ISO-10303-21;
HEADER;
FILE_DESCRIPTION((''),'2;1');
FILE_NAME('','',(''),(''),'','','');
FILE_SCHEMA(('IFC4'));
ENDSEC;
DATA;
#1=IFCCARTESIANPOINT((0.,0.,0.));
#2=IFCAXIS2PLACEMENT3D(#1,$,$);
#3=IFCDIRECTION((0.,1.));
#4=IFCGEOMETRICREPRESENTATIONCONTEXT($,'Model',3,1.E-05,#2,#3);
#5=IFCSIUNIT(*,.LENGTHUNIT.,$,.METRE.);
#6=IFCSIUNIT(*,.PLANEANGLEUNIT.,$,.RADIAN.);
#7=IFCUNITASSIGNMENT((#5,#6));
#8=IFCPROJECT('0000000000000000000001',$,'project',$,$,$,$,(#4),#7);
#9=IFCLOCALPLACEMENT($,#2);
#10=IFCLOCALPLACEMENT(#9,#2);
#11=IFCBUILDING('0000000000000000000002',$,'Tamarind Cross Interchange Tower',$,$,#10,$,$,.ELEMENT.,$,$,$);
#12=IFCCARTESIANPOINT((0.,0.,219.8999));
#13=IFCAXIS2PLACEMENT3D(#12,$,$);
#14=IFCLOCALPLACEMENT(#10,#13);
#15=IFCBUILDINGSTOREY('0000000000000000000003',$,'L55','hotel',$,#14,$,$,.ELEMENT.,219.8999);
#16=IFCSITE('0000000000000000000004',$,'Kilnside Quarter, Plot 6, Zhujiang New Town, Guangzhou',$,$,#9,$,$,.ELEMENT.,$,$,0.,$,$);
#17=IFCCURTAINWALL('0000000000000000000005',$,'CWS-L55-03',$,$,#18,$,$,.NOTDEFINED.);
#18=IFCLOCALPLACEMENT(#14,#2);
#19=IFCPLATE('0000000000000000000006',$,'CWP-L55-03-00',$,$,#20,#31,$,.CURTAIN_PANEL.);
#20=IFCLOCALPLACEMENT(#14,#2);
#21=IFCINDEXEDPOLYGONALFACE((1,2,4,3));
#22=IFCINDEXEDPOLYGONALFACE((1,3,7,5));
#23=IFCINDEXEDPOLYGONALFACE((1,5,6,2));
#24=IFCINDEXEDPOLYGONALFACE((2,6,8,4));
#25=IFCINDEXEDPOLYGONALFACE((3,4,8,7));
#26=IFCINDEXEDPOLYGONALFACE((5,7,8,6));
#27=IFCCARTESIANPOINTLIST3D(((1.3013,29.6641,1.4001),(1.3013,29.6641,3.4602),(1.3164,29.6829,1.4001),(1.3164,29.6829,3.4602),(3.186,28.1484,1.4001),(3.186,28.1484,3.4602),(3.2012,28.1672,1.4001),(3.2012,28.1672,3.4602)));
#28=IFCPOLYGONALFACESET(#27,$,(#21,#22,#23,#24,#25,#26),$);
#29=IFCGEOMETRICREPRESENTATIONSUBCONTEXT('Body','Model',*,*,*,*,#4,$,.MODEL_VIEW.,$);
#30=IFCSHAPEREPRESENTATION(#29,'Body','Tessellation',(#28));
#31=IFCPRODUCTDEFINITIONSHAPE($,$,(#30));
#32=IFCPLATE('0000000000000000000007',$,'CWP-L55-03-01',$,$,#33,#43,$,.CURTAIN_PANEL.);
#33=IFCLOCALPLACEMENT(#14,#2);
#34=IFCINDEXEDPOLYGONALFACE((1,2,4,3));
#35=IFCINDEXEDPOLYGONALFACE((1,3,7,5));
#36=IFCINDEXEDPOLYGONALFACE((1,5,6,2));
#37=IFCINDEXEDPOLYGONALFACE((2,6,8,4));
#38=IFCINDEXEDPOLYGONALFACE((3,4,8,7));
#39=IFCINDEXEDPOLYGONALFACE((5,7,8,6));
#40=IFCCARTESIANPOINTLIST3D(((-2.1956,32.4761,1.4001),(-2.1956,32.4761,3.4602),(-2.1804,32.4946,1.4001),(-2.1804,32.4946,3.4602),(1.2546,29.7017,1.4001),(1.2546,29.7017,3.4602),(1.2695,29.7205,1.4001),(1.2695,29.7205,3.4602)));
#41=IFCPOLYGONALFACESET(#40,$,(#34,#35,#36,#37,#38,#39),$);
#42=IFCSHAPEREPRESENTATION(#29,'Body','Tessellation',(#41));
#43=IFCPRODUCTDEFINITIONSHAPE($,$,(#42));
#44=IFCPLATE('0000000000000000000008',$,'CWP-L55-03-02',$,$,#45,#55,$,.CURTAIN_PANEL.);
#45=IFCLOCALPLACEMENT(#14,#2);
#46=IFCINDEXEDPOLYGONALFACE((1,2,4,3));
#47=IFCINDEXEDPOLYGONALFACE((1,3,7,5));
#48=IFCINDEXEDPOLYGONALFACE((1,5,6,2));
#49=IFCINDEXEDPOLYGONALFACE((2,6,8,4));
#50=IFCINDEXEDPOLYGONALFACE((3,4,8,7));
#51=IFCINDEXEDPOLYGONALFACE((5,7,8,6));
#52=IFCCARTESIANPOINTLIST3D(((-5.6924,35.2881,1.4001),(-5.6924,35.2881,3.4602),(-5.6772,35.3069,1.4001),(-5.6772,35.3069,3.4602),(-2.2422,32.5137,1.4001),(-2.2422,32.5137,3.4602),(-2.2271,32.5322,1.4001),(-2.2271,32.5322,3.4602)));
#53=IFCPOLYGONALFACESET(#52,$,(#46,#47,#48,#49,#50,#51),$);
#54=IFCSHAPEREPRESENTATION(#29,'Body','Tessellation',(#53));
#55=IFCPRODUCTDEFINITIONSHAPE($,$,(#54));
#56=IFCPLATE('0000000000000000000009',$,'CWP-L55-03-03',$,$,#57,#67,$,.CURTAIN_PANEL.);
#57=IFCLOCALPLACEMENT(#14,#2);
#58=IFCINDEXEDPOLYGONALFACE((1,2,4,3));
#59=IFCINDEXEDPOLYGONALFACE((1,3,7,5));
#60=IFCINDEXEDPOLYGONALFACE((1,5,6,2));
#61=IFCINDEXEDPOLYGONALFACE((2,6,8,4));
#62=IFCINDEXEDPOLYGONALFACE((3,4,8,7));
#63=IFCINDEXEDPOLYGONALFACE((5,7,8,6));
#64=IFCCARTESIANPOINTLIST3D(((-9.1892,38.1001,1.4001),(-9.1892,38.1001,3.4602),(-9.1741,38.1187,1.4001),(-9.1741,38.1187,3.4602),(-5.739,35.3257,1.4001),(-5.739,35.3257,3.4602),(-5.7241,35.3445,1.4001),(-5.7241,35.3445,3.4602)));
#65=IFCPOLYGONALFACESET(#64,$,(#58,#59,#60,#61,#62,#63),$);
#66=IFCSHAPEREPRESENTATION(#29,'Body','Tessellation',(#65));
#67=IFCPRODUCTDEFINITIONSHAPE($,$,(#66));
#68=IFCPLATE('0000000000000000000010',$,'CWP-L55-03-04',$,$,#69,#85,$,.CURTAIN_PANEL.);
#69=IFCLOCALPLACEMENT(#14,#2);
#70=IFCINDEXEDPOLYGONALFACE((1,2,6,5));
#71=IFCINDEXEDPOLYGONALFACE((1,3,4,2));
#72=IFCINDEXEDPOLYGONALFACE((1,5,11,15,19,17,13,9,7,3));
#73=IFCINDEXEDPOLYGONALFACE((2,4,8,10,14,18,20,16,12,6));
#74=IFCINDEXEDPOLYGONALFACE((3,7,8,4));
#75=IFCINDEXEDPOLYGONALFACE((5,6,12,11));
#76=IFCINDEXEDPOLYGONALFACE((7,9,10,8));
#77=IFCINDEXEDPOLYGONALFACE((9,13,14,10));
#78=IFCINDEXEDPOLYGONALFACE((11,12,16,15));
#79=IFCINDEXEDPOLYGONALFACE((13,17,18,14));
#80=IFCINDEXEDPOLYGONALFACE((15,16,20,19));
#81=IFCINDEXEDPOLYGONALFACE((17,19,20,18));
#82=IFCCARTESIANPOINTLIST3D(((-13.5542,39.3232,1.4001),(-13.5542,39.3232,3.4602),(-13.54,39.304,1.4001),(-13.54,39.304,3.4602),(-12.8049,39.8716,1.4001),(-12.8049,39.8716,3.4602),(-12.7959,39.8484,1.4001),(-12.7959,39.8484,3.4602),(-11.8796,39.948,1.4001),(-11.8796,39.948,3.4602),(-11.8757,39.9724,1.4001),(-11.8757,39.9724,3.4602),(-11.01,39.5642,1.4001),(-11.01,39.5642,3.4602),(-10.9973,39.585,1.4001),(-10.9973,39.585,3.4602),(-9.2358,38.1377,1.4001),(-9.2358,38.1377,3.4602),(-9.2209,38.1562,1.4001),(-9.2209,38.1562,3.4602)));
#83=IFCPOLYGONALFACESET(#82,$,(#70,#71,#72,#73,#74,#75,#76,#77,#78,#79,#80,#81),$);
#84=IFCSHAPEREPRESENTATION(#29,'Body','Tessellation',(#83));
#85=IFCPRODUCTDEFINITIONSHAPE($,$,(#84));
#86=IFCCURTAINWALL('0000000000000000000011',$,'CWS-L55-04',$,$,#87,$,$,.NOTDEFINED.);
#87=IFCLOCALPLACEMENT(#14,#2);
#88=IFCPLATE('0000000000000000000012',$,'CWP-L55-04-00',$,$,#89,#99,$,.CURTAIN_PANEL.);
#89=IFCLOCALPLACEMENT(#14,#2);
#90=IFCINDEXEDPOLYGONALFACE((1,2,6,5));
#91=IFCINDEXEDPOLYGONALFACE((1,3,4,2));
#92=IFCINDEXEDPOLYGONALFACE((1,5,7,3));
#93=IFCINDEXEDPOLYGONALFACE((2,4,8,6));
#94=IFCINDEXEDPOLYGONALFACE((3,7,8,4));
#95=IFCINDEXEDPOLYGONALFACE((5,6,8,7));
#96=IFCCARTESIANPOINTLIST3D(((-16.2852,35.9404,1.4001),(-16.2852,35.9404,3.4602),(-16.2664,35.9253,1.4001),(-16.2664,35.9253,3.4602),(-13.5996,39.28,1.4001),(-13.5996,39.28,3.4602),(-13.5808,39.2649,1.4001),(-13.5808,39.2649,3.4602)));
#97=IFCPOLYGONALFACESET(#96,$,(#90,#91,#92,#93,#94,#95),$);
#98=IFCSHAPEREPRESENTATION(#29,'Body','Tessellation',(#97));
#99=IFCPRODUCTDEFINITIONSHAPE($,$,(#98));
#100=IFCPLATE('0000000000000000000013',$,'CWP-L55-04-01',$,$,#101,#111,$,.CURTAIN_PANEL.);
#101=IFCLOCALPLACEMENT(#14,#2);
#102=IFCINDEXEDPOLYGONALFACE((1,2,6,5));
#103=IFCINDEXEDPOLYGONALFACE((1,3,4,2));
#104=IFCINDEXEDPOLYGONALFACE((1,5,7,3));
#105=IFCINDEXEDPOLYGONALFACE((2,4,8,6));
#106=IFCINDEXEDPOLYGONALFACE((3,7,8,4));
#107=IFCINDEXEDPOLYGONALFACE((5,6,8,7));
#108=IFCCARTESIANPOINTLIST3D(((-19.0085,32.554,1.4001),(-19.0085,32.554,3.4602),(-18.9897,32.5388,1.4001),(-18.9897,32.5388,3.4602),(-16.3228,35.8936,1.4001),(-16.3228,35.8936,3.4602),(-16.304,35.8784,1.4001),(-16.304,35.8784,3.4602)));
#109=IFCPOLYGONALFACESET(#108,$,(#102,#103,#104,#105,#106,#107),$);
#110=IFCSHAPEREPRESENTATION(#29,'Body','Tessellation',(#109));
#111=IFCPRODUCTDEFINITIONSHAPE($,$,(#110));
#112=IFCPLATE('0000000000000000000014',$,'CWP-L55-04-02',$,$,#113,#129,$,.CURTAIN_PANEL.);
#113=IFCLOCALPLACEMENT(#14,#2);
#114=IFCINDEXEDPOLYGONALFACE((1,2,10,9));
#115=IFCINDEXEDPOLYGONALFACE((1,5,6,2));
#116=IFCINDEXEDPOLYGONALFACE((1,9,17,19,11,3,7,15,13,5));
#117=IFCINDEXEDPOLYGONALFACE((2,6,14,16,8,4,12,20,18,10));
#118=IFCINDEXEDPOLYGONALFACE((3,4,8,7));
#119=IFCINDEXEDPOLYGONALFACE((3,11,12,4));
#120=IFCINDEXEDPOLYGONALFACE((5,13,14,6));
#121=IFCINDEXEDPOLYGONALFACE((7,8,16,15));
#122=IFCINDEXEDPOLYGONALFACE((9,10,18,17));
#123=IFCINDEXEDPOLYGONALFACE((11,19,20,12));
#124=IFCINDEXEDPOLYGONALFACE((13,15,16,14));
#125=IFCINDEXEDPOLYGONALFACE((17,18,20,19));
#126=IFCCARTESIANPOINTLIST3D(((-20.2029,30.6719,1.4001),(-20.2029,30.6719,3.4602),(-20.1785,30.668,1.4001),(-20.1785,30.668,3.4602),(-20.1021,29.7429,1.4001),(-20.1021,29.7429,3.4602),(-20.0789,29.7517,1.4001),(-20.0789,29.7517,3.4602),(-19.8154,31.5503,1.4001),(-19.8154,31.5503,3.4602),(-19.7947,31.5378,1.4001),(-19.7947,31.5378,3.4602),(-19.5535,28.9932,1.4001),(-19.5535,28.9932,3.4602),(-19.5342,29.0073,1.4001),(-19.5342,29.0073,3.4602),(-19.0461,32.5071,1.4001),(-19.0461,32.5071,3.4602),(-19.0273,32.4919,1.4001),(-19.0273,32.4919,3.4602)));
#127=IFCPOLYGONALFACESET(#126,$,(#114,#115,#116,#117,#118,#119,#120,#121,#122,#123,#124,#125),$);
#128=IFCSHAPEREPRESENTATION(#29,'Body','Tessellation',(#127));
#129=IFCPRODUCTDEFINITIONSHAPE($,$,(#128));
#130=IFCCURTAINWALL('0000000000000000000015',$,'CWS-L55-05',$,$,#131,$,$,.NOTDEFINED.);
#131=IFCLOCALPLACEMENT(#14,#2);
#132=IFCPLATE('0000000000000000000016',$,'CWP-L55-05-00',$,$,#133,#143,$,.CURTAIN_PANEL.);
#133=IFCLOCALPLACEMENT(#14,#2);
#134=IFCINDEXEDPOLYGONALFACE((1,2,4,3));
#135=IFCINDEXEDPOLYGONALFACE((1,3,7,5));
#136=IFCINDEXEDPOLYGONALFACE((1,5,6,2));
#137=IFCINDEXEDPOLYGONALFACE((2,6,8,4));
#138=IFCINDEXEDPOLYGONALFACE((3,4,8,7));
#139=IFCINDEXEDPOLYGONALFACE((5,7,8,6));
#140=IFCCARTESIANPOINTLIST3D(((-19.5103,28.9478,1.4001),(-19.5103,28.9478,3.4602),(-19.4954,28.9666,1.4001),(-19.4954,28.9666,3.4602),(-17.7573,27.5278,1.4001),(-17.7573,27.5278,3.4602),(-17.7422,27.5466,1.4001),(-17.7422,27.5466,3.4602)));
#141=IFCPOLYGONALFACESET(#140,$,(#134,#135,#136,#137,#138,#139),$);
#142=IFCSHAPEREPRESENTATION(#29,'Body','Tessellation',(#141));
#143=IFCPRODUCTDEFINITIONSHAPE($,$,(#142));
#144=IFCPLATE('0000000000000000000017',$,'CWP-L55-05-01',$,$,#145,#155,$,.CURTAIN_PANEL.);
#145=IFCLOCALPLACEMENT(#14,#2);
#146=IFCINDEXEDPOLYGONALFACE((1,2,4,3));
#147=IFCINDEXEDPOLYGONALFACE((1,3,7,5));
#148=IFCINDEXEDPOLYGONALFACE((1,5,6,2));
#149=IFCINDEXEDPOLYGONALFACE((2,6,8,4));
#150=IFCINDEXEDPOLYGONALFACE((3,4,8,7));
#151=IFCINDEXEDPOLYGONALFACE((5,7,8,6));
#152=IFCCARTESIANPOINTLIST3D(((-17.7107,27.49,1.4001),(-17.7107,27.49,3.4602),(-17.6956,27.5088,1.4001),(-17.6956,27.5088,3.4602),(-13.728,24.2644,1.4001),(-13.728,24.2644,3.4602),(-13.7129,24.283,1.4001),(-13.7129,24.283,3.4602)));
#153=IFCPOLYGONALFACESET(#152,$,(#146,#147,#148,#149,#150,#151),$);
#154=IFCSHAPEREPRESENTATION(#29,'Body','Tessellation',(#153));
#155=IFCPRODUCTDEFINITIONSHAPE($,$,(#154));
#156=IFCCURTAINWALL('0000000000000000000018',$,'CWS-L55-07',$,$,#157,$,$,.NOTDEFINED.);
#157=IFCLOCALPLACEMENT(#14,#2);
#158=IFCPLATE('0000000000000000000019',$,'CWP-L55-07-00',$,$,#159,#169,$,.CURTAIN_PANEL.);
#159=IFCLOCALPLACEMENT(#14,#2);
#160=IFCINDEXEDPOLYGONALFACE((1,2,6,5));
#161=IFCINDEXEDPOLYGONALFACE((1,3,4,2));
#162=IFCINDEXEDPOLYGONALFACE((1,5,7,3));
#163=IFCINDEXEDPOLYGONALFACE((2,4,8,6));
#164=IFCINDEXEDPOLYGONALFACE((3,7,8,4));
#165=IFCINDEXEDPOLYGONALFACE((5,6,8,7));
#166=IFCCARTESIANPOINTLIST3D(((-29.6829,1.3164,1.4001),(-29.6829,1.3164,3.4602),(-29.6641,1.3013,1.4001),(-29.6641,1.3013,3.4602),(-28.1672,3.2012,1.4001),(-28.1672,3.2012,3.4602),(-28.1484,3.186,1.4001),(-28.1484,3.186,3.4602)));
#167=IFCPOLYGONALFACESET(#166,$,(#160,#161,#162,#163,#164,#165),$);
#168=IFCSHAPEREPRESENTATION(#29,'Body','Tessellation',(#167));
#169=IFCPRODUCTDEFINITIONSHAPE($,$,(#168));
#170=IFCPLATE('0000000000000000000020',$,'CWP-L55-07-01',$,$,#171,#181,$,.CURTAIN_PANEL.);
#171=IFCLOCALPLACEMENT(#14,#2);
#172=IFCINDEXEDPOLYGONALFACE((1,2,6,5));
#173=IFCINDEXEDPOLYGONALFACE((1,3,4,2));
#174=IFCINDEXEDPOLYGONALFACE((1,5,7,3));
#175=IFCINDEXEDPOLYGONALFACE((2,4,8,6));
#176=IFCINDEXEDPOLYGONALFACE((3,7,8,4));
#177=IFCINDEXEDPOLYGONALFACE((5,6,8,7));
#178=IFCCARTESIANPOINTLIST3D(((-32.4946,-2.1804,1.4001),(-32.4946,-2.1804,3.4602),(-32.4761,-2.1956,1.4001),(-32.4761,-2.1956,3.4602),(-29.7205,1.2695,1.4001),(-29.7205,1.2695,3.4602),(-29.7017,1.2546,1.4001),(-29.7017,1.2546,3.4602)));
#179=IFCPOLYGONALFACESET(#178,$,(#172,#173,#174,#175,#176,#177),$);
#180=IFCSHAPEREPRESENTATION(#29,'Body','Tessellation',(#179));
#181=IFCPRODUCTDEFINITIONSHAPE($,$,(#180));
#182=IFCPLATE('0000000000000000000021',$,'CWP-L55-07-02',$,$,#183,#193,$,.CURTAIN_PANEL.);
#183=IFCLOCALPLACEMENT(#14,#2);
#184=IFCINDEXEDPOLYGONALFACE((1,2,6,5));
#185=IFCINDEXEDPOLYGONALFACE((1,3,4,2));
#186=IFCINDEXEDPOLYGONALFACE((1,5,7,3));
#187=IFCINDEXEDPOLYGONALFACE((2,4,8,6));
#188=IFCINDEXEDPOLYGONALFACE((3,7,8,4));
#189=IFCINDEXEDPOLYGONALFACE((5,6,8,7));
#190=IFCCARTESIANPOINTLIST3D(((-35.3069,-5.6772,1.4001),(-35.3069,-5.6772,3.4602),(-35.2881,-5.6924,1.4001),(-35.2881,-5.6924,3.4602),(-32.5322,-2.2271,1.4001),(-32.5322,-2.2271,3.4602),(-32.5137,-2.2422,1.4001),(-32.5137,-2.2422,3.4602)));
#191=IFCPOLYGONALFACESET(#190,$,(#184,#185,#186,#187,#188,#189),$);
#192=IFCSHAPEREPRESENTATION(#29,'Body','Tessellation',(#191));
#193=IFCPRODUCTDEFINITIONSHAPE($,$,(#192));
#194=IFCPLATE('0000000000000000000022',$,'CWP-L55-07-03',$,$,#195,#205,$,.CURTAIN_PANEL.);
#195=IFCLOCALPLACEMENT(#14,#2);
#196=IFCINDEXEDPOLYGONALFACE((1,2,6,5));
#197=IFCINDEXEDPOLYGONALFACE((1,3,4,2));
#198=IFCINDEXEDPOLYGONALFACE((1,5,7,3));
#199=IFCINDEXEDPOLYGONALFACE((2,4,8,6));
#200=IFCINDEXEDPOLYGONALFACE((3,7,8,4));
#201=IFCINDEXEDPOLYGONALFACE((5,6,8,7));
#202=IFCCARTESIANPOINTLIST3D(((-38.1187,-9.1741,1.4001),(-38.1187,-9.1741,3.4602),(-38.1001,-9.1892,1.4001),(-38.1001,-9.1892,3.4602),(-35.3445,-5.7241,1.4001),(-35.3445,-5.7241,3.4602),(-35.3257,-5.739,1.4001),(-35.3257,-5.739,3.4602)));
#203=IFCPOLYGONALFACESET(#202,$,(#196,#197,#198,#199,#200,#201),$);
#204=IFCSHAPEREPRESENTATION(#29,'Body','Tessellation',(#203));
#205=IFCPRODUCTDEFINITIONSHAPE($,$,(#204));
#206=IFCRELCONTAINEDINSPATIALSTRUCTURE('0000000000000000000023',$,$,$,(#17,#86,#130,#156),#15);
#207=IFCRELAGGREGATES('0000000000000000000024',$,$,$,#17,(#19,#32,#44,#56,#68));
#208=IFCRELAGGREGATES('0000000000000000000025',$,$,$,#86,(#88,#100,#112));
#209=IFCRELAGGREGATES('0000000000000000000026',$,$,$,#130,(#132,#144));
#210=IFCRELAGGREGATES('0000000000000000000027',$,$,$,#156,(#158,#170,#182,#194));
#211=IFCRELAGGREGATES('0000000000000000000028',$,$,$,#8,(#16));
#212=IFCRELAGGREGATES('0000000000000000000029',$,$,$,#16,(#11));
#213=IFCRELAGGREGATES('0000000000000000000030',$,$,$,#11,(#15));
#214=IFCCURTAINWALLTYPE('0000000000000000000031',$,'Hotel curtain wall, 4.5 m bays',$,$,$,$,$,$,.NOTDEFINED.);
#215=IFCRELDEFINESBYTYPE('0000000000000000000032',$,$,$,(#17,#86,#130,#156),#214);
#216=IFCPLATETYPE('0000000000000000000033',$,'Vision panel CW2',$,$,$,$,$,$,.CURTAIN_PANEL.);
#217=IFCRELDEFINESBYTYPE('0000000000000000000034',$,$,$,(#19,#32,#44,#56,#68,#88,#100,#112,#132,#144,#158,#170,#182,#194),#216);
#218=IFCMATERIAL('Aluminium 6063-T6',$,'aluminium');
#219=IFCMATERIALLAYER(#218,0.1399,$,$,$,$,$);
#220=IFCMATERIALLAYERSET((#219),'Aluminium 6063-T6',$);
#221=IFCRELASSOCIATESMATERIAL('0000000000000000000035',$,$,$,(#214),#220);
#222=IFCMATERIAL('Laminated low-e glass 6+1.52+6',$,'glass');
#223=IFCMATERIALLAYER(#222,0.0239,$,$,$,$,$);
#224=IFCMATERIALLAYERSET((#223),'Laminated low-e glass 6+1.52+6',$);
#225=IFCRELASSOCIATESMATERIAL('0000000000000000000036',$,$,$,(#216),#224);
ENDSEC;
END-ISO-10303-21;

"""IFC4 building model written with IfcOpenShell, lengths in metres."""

from ifc_helpers import new_model, si_unit, direction, frame, origin, place, context, subcontext, project, spatial, polyline, outline, extrude, material, layer, layer_set, type_object, element, aggregate, save


model = new_model("IFC4")

# Units and contexts
model_context = context("Model", 3, precision=1e-05, world=origin(), true_north=direction((0.0, 1.0)))
body_context = subcontext(model_context, "Body", "Model", "MODEL_VIEW")
ifc_project = project(units=[si_unit("LENGTHUNIT", "METRE"), si_unit("PLANEANGLEUNIT", "RADIAN")], contexts=[model_context])

# Site, building, storey
site_placement = place(None, origin())
site = spatial("IfcSite", under=ifc_project, at=site_placement, Name="Kilnside Quarter, Plot 6, Zhujiang New Town, Guangzhou", CompositionType="ELEMENT", RefElevation=0.0)
building_placement = place(site_placement, origin())
building = spatial("IfcBuilding", under=site, at=building_placement, Name="Tamarind Cross Interchange Tower", CompositionType="ELEMENT")
storey_placement = place(building_placement, frame((0.0, 0.0, 219.8999)))
storey = spatial("IfcBuildingStorey", under=building, at=storey_placement, Name="L55", Description="hotel", CompositionType="ELEMENT", Elevation=219.8999)

# Curtain walls, plates
ifc_material_1 = material(Name="Aluminium 6063-T6", Category="aluminium")
ifc_layer_1 = layer(ifc_material_1, 0.1399)
ifc_layer_set_1 = layer_set([ifc_layer_1], Name="Aluminium 6063-T6")
curtain_wall_type_1 = type_object("IfcCurtainWallType", Name="Hotel curtain wall, 4.5 m bays", PredefinedType="NOTDEFINED", material=ifc_layer_set_1)
curtain_wall_1_placement = place(storey_placement, origin())
curtain_wall_1 = element("IfcCurtainWall", 1, at=curtain_wall_1_placement, inside=storey, type_object=curtain_wall_type_1, Name="CWS-L55-03", PredefinedType="NOTDEFINED")
ifc_material_2 = material(Name="Laminated low-e glass 6+1.52+6", Category="glass")
ifc_layer_2 = layer(ifc_material_2, 0.0239)
ifc_layer_set_2 = layer_set([ifc_layer_2], Name="Laminated low-e glass 6+1.52+6")
plate_type_1 = type_object("IfcPlateType", Name="Vision panel CW2", PredefinedType="CURTAIN_PANEL", material=ifc_layer_set_2)
plate_1_placement = place(storey_placement, frame((0.0, 0.0, 1.4001)))
plate_1 = element("IfcPlate", 2, at=plate_1_placement, type_object=plate_type_1, Name="CWP-L55-03-00", PredefinedType="CURTAIN_PANEL", context=body_context, shape_type="SweptSolid", body=[
    extrude(outline(polyline([(3.186, 28.1484), (1.3013, 29.6641), (1.3164, 29.6829), (3.2012, 28.1672), (3.186, 28.1484)])), origin(), (0.0, 0.0, 1.0), 2.0601),
])
plate_2_placement = place(storey_placement, frame((0.0, 0.0, 1.4001)))
plate_2 = element("IfcPlate", 3, at=plate_2_placement, type_object=plate_type_1, Name="CWP-L55-03-01", PredefinedType="CURTAIN_PANEL", context=body_context, shape_type="SweptSolid", body=[
    extrude(outline(polyline([(1.2546, 29.7017), (-2.1956, 32.4761), (-2.1804, 32.4946), (1.2695, 29.7205), (1.2546, 29.7017)])), origin(), (0.0, 0.0, 1.0), 2.0601),
])
plate_3_placement = place(storey_placement, frame((0.0, 0.0, 1.4001)))
plate_3 = element("IfcPlate", 4, at=plate_3_placement, type_object=plate_type_1, Name="CWP-L55-03-02", PredefinedType="CURTAIN_PANEL", context=body_context, shape_type="SweptSolid", body=[
    extrude(outline(polyline([(-2.2422, 32.5137), (-5.6924, 35.2881), (-5.6772, 35.3069), (-2.2271, 32.5322), (-2.2422, 32.5137)])), origin(), (0.0, 0.0, 1.0), 2.0601),
])
plate_4_placement = place(storey_placement, frame((0.0, 0.0, 1.4001)))
plate_4 = element("IfcPlate", 5, at=plate_4_placement, type_object=plate_type_1, Name="CWP-L55-03-03", PredefinedType="CURTAIN_PANEL", context=body_context, shape_type="SweptSolid", body=[
    extrude(outline(polyline([(-5.739, 35.3257), (-9.1892, 38.1001), (-9.1741, 38.1187), (-5.7241, 35.3445), (-5.739, 35.3257)])), origin(), (0.0, 0.0, 1.0), 2.0601),
])
plate_5_placement = place(storey_placement, frame((0.0, 0.0, 1.4001)))
plate_5 = element("IfcPlate", 6, at=plate_5_placement, type_object=plate_type_1, Name="CWP-L55-03-04", PredefinedType="CURTAIN_PANEL", context=body_context, shape_type="SweptSolid", body=[
    extrude(outline(polyline([(-9.2358, 38.1377), (-11.01, 39.5642), (-11.8796, 39.948), (-12.7959, 39.8484), (-13.54, 39.304), (-13.5542, 39.3232), (-12.8049, 39.8716), (-11.8757, 39.9724), (-10.9973, 39.585), (-9.2209, 38.1562), (-9.2358, 38.1377)])), origin(), (0.0, 0.0, 1.0), 2.0601),
])
aggregate(curtain_wall_1, [plate_1, plate_2, plate_3, plate_4, plate_5])
curtain_wall_2_placement = place(storey_placement, origin())
curtain_wall_2 = element("IfcCurtainWall", 7, at=curtain_wall_2_placement, inside=storey, type_object=curtain_wall_type_1, Name="CWS-L55-04", PredefinedType="NOTDEFINED")
plate_6_placement = place(storey_placement, frame((0.0, 0.0, 1.4001)))
plate_6 = element("IfcPlate", 8, at=plate_6_placement, type_object=plate_type_1, Name="CWP-L55-04-00", PredefinedType="CURTAIN_PANEL", context=body_context, shape_type="SweptSolid", body=[
    extrude(outline(polyline([(-13.5808, 39.2649), (-16.2664, 35.9253), (-16.2852, 35.9404), (-13.5996, 39.28), (-13.5808, 39.2649)])), origin(), (0.0, 0.0, 1.0), 2.0601),
])
plate_7_placement = place(storey_placement, frame((0.0, 0.0, 1.4001)))
plate_7 = element("IfcPlate", 9, at=plate_7_placement, type_object=plate_type_1, Name="CWP-L55-04-01", PredefinedType="CURTAIN_PANEL", context=body_context, shape_type="SweptSolid", body=[
    extrude(outline(polyline([(-16.304, 35.8784), (-18.9897, 32.5388), (-19.0085, 32.554), (-16.3228, 35.8936), (-16.304, 35.8784)])), origin(), (0.0, 0.0, 1.0), 2.0601),
])
plate_8_placement = place(storey_placement, frame((0.0, 0.0, 1.4001)))
plate_8 = element("IfcPlate", 10, at=plate_8_placement, type_object=plate_type_1, Name="CWP-L55-04-02", PredefinedType="CURTAIN_PANEL", context=body_context, shape_type="SweptSolid", body=[
    extrude(outline(polyline([(-19.0273, 32.4919), (-19.7947, 31.5378), (-20.1785, 30.668), (-20.0789, 29.7517), (-19.5342, 29.0073), (-19.5535, 28.9932), (-20.1021, 29.7429), (-20.2029, 30.6719), (-19.8154, 31.5503), (-19.0461, 32.5071), (-19.0273, 32.4919)])), origin(), (0.0, 0.0, 1.0), 2.0601),
])
aggregate(curtain_wall_2, [plate_6, plate_7, plate_8])
curtain_wall_3_placement = place(storey_placement, origin())
curtain_wall_3 = element("IfcCurtainWall", 11, at=curtain_wall_3_placement, inside=storey, type_object=curtain_wall_type_1, Name="CWS-L55-05", PredefinedType="NOTDEFINED")
plate_9_placement = place(storey_placement, frame((0.0, 0.0, 1.4001)))
plate_9 = element("IfcPlate", 12, at=plate_9_placement, type_object=plate_type_1, Name="CWP-L55-05-00", PredefinedType="CURTAIN_PANEL", context=body_context, shape_type="SweptSolid", body=[
    extrude(outline(polyline([(-19.4954, 28.9666), (-17.7422, 27.5466), (-17.7573, 27.5278), (-19.5103, 28.9478), (-19.4954, 28.9666)])), origin(), (0.0, 0.0, 1.0), 2.0601),
])
plate_10_placement = place(storey_placement, frame((0.0, 0.0, 1.4001)))
plate_10 = element("IfcPlate", 13, at=plate_10_placement, type_object=plate_type_1, Name="CWP-L55-05-01", PredefinedType="CURTAIN_PANEL", context=body_context, shape_type="SweptSolid", body=[
    extrude(outline(polyline([(-17.6956, 27.5088), (-13.7129, 24.283), (-13.728, 24.2644), (-17.7107, 27.49), (-17.6956, 27.5088)])), origin(), (0.0, 0.0, 1.0), 2.0601),
])
aggregate(curtain_wall_3, [plate_9, plate_10])
curtain_wall_4_placement = place(storey_placement, origin())
curtain_wall_4 = element("IfcCurtainWall", 14, at=curtain_wall_4_placement, inside=storey, type_object=curtain_wall_type_1, Name="CWS-L55-07", PredefinedType="NOTDEFINED")
plate_11_placement = place(storey_placement, frame((0.0, 0.0, 1.4001)))
plate_11 = element("IfcPlate", 15, at=plate_11_placement, type_object=plate_type_1, Name="CWP-L55-07-00", PredefinedType="CURTAIN_PANEL", context=body_context, shape_type="SweptSolid", body=[
    extrude(outline(polyline([(-28.1484, 3.186), (-29.6641, 1.3013), (-29.6829, 1.3164), (-28.1672, 3.2012), (-28.1484, 3.186)])), origin(), (0.0, 0.0, 1.0), 2.0601),
])
plate_12_placement = place(storey_placement, frame((0.0, 0.0, 1.4001)))
plate_12 = element("IfcPlate", 16, at=plate_12_placement, type_object=plate_type_1, Name="CWP-L55-07-01", PredefinedType="CURTAIN_PANEL", context=body_context, shape_type="SweptSolid", body=[
    extrude(outline(polyline([(-29.7017, 1.2546), (-32.4761, -2.1956), (-32.4946, -2.1804), (-29.7205, 1.2695), (-29.7017, 1.2546)])), origin(), (0.0, 0.0, 1.0), 2.0601),
])
plate_13_placement = place(storey_placement, frame((0.0, 0.0, 1.4001)))
plate_13 = element("IfcPlate", 17, at=plate_13_placement, type_object=plate_type_1, Name="CWP-L55-07-02", PredefinedType="CURTAIN_PANEL", context=body_context, shape_type="SweptSolid", body=[
    extrude(outline(polyline([(-32.5137, -2.2422), (-35.2881, -5.6924), (-35.3069, -5.6772), (-32.5322, -2.2271), (-32.5137, -2.2422)])), origin(), (0.0, 0.0, 1.0), 2.0601),
])
plate_14_placement = place(storey_placement, frame((0.0, 0.0, 1.4001)))
plate_14 = element("IfcPlate", 18, at=plate_14_placement, type_object=plate_type_1, Name="CWP-L55-07-03", PredefinedType="CURTAIN_PANEL", context=body_context, shape_type="SweptSolid", body=[
    extrude(outline(polyline([(-35.3257, -5.739), (-38.1001, -9.1892), (-38.1187, -9.1741), (-35.3445, -5.7241), (-35.3257, -5.739)])), origin(), (0.0, 0.0, 1.0), 2.0601),
])
aggregate(curtain_wall_4, [plate_11, plate_12, plate_13, plate_14])

save(model, "model.ifc")
